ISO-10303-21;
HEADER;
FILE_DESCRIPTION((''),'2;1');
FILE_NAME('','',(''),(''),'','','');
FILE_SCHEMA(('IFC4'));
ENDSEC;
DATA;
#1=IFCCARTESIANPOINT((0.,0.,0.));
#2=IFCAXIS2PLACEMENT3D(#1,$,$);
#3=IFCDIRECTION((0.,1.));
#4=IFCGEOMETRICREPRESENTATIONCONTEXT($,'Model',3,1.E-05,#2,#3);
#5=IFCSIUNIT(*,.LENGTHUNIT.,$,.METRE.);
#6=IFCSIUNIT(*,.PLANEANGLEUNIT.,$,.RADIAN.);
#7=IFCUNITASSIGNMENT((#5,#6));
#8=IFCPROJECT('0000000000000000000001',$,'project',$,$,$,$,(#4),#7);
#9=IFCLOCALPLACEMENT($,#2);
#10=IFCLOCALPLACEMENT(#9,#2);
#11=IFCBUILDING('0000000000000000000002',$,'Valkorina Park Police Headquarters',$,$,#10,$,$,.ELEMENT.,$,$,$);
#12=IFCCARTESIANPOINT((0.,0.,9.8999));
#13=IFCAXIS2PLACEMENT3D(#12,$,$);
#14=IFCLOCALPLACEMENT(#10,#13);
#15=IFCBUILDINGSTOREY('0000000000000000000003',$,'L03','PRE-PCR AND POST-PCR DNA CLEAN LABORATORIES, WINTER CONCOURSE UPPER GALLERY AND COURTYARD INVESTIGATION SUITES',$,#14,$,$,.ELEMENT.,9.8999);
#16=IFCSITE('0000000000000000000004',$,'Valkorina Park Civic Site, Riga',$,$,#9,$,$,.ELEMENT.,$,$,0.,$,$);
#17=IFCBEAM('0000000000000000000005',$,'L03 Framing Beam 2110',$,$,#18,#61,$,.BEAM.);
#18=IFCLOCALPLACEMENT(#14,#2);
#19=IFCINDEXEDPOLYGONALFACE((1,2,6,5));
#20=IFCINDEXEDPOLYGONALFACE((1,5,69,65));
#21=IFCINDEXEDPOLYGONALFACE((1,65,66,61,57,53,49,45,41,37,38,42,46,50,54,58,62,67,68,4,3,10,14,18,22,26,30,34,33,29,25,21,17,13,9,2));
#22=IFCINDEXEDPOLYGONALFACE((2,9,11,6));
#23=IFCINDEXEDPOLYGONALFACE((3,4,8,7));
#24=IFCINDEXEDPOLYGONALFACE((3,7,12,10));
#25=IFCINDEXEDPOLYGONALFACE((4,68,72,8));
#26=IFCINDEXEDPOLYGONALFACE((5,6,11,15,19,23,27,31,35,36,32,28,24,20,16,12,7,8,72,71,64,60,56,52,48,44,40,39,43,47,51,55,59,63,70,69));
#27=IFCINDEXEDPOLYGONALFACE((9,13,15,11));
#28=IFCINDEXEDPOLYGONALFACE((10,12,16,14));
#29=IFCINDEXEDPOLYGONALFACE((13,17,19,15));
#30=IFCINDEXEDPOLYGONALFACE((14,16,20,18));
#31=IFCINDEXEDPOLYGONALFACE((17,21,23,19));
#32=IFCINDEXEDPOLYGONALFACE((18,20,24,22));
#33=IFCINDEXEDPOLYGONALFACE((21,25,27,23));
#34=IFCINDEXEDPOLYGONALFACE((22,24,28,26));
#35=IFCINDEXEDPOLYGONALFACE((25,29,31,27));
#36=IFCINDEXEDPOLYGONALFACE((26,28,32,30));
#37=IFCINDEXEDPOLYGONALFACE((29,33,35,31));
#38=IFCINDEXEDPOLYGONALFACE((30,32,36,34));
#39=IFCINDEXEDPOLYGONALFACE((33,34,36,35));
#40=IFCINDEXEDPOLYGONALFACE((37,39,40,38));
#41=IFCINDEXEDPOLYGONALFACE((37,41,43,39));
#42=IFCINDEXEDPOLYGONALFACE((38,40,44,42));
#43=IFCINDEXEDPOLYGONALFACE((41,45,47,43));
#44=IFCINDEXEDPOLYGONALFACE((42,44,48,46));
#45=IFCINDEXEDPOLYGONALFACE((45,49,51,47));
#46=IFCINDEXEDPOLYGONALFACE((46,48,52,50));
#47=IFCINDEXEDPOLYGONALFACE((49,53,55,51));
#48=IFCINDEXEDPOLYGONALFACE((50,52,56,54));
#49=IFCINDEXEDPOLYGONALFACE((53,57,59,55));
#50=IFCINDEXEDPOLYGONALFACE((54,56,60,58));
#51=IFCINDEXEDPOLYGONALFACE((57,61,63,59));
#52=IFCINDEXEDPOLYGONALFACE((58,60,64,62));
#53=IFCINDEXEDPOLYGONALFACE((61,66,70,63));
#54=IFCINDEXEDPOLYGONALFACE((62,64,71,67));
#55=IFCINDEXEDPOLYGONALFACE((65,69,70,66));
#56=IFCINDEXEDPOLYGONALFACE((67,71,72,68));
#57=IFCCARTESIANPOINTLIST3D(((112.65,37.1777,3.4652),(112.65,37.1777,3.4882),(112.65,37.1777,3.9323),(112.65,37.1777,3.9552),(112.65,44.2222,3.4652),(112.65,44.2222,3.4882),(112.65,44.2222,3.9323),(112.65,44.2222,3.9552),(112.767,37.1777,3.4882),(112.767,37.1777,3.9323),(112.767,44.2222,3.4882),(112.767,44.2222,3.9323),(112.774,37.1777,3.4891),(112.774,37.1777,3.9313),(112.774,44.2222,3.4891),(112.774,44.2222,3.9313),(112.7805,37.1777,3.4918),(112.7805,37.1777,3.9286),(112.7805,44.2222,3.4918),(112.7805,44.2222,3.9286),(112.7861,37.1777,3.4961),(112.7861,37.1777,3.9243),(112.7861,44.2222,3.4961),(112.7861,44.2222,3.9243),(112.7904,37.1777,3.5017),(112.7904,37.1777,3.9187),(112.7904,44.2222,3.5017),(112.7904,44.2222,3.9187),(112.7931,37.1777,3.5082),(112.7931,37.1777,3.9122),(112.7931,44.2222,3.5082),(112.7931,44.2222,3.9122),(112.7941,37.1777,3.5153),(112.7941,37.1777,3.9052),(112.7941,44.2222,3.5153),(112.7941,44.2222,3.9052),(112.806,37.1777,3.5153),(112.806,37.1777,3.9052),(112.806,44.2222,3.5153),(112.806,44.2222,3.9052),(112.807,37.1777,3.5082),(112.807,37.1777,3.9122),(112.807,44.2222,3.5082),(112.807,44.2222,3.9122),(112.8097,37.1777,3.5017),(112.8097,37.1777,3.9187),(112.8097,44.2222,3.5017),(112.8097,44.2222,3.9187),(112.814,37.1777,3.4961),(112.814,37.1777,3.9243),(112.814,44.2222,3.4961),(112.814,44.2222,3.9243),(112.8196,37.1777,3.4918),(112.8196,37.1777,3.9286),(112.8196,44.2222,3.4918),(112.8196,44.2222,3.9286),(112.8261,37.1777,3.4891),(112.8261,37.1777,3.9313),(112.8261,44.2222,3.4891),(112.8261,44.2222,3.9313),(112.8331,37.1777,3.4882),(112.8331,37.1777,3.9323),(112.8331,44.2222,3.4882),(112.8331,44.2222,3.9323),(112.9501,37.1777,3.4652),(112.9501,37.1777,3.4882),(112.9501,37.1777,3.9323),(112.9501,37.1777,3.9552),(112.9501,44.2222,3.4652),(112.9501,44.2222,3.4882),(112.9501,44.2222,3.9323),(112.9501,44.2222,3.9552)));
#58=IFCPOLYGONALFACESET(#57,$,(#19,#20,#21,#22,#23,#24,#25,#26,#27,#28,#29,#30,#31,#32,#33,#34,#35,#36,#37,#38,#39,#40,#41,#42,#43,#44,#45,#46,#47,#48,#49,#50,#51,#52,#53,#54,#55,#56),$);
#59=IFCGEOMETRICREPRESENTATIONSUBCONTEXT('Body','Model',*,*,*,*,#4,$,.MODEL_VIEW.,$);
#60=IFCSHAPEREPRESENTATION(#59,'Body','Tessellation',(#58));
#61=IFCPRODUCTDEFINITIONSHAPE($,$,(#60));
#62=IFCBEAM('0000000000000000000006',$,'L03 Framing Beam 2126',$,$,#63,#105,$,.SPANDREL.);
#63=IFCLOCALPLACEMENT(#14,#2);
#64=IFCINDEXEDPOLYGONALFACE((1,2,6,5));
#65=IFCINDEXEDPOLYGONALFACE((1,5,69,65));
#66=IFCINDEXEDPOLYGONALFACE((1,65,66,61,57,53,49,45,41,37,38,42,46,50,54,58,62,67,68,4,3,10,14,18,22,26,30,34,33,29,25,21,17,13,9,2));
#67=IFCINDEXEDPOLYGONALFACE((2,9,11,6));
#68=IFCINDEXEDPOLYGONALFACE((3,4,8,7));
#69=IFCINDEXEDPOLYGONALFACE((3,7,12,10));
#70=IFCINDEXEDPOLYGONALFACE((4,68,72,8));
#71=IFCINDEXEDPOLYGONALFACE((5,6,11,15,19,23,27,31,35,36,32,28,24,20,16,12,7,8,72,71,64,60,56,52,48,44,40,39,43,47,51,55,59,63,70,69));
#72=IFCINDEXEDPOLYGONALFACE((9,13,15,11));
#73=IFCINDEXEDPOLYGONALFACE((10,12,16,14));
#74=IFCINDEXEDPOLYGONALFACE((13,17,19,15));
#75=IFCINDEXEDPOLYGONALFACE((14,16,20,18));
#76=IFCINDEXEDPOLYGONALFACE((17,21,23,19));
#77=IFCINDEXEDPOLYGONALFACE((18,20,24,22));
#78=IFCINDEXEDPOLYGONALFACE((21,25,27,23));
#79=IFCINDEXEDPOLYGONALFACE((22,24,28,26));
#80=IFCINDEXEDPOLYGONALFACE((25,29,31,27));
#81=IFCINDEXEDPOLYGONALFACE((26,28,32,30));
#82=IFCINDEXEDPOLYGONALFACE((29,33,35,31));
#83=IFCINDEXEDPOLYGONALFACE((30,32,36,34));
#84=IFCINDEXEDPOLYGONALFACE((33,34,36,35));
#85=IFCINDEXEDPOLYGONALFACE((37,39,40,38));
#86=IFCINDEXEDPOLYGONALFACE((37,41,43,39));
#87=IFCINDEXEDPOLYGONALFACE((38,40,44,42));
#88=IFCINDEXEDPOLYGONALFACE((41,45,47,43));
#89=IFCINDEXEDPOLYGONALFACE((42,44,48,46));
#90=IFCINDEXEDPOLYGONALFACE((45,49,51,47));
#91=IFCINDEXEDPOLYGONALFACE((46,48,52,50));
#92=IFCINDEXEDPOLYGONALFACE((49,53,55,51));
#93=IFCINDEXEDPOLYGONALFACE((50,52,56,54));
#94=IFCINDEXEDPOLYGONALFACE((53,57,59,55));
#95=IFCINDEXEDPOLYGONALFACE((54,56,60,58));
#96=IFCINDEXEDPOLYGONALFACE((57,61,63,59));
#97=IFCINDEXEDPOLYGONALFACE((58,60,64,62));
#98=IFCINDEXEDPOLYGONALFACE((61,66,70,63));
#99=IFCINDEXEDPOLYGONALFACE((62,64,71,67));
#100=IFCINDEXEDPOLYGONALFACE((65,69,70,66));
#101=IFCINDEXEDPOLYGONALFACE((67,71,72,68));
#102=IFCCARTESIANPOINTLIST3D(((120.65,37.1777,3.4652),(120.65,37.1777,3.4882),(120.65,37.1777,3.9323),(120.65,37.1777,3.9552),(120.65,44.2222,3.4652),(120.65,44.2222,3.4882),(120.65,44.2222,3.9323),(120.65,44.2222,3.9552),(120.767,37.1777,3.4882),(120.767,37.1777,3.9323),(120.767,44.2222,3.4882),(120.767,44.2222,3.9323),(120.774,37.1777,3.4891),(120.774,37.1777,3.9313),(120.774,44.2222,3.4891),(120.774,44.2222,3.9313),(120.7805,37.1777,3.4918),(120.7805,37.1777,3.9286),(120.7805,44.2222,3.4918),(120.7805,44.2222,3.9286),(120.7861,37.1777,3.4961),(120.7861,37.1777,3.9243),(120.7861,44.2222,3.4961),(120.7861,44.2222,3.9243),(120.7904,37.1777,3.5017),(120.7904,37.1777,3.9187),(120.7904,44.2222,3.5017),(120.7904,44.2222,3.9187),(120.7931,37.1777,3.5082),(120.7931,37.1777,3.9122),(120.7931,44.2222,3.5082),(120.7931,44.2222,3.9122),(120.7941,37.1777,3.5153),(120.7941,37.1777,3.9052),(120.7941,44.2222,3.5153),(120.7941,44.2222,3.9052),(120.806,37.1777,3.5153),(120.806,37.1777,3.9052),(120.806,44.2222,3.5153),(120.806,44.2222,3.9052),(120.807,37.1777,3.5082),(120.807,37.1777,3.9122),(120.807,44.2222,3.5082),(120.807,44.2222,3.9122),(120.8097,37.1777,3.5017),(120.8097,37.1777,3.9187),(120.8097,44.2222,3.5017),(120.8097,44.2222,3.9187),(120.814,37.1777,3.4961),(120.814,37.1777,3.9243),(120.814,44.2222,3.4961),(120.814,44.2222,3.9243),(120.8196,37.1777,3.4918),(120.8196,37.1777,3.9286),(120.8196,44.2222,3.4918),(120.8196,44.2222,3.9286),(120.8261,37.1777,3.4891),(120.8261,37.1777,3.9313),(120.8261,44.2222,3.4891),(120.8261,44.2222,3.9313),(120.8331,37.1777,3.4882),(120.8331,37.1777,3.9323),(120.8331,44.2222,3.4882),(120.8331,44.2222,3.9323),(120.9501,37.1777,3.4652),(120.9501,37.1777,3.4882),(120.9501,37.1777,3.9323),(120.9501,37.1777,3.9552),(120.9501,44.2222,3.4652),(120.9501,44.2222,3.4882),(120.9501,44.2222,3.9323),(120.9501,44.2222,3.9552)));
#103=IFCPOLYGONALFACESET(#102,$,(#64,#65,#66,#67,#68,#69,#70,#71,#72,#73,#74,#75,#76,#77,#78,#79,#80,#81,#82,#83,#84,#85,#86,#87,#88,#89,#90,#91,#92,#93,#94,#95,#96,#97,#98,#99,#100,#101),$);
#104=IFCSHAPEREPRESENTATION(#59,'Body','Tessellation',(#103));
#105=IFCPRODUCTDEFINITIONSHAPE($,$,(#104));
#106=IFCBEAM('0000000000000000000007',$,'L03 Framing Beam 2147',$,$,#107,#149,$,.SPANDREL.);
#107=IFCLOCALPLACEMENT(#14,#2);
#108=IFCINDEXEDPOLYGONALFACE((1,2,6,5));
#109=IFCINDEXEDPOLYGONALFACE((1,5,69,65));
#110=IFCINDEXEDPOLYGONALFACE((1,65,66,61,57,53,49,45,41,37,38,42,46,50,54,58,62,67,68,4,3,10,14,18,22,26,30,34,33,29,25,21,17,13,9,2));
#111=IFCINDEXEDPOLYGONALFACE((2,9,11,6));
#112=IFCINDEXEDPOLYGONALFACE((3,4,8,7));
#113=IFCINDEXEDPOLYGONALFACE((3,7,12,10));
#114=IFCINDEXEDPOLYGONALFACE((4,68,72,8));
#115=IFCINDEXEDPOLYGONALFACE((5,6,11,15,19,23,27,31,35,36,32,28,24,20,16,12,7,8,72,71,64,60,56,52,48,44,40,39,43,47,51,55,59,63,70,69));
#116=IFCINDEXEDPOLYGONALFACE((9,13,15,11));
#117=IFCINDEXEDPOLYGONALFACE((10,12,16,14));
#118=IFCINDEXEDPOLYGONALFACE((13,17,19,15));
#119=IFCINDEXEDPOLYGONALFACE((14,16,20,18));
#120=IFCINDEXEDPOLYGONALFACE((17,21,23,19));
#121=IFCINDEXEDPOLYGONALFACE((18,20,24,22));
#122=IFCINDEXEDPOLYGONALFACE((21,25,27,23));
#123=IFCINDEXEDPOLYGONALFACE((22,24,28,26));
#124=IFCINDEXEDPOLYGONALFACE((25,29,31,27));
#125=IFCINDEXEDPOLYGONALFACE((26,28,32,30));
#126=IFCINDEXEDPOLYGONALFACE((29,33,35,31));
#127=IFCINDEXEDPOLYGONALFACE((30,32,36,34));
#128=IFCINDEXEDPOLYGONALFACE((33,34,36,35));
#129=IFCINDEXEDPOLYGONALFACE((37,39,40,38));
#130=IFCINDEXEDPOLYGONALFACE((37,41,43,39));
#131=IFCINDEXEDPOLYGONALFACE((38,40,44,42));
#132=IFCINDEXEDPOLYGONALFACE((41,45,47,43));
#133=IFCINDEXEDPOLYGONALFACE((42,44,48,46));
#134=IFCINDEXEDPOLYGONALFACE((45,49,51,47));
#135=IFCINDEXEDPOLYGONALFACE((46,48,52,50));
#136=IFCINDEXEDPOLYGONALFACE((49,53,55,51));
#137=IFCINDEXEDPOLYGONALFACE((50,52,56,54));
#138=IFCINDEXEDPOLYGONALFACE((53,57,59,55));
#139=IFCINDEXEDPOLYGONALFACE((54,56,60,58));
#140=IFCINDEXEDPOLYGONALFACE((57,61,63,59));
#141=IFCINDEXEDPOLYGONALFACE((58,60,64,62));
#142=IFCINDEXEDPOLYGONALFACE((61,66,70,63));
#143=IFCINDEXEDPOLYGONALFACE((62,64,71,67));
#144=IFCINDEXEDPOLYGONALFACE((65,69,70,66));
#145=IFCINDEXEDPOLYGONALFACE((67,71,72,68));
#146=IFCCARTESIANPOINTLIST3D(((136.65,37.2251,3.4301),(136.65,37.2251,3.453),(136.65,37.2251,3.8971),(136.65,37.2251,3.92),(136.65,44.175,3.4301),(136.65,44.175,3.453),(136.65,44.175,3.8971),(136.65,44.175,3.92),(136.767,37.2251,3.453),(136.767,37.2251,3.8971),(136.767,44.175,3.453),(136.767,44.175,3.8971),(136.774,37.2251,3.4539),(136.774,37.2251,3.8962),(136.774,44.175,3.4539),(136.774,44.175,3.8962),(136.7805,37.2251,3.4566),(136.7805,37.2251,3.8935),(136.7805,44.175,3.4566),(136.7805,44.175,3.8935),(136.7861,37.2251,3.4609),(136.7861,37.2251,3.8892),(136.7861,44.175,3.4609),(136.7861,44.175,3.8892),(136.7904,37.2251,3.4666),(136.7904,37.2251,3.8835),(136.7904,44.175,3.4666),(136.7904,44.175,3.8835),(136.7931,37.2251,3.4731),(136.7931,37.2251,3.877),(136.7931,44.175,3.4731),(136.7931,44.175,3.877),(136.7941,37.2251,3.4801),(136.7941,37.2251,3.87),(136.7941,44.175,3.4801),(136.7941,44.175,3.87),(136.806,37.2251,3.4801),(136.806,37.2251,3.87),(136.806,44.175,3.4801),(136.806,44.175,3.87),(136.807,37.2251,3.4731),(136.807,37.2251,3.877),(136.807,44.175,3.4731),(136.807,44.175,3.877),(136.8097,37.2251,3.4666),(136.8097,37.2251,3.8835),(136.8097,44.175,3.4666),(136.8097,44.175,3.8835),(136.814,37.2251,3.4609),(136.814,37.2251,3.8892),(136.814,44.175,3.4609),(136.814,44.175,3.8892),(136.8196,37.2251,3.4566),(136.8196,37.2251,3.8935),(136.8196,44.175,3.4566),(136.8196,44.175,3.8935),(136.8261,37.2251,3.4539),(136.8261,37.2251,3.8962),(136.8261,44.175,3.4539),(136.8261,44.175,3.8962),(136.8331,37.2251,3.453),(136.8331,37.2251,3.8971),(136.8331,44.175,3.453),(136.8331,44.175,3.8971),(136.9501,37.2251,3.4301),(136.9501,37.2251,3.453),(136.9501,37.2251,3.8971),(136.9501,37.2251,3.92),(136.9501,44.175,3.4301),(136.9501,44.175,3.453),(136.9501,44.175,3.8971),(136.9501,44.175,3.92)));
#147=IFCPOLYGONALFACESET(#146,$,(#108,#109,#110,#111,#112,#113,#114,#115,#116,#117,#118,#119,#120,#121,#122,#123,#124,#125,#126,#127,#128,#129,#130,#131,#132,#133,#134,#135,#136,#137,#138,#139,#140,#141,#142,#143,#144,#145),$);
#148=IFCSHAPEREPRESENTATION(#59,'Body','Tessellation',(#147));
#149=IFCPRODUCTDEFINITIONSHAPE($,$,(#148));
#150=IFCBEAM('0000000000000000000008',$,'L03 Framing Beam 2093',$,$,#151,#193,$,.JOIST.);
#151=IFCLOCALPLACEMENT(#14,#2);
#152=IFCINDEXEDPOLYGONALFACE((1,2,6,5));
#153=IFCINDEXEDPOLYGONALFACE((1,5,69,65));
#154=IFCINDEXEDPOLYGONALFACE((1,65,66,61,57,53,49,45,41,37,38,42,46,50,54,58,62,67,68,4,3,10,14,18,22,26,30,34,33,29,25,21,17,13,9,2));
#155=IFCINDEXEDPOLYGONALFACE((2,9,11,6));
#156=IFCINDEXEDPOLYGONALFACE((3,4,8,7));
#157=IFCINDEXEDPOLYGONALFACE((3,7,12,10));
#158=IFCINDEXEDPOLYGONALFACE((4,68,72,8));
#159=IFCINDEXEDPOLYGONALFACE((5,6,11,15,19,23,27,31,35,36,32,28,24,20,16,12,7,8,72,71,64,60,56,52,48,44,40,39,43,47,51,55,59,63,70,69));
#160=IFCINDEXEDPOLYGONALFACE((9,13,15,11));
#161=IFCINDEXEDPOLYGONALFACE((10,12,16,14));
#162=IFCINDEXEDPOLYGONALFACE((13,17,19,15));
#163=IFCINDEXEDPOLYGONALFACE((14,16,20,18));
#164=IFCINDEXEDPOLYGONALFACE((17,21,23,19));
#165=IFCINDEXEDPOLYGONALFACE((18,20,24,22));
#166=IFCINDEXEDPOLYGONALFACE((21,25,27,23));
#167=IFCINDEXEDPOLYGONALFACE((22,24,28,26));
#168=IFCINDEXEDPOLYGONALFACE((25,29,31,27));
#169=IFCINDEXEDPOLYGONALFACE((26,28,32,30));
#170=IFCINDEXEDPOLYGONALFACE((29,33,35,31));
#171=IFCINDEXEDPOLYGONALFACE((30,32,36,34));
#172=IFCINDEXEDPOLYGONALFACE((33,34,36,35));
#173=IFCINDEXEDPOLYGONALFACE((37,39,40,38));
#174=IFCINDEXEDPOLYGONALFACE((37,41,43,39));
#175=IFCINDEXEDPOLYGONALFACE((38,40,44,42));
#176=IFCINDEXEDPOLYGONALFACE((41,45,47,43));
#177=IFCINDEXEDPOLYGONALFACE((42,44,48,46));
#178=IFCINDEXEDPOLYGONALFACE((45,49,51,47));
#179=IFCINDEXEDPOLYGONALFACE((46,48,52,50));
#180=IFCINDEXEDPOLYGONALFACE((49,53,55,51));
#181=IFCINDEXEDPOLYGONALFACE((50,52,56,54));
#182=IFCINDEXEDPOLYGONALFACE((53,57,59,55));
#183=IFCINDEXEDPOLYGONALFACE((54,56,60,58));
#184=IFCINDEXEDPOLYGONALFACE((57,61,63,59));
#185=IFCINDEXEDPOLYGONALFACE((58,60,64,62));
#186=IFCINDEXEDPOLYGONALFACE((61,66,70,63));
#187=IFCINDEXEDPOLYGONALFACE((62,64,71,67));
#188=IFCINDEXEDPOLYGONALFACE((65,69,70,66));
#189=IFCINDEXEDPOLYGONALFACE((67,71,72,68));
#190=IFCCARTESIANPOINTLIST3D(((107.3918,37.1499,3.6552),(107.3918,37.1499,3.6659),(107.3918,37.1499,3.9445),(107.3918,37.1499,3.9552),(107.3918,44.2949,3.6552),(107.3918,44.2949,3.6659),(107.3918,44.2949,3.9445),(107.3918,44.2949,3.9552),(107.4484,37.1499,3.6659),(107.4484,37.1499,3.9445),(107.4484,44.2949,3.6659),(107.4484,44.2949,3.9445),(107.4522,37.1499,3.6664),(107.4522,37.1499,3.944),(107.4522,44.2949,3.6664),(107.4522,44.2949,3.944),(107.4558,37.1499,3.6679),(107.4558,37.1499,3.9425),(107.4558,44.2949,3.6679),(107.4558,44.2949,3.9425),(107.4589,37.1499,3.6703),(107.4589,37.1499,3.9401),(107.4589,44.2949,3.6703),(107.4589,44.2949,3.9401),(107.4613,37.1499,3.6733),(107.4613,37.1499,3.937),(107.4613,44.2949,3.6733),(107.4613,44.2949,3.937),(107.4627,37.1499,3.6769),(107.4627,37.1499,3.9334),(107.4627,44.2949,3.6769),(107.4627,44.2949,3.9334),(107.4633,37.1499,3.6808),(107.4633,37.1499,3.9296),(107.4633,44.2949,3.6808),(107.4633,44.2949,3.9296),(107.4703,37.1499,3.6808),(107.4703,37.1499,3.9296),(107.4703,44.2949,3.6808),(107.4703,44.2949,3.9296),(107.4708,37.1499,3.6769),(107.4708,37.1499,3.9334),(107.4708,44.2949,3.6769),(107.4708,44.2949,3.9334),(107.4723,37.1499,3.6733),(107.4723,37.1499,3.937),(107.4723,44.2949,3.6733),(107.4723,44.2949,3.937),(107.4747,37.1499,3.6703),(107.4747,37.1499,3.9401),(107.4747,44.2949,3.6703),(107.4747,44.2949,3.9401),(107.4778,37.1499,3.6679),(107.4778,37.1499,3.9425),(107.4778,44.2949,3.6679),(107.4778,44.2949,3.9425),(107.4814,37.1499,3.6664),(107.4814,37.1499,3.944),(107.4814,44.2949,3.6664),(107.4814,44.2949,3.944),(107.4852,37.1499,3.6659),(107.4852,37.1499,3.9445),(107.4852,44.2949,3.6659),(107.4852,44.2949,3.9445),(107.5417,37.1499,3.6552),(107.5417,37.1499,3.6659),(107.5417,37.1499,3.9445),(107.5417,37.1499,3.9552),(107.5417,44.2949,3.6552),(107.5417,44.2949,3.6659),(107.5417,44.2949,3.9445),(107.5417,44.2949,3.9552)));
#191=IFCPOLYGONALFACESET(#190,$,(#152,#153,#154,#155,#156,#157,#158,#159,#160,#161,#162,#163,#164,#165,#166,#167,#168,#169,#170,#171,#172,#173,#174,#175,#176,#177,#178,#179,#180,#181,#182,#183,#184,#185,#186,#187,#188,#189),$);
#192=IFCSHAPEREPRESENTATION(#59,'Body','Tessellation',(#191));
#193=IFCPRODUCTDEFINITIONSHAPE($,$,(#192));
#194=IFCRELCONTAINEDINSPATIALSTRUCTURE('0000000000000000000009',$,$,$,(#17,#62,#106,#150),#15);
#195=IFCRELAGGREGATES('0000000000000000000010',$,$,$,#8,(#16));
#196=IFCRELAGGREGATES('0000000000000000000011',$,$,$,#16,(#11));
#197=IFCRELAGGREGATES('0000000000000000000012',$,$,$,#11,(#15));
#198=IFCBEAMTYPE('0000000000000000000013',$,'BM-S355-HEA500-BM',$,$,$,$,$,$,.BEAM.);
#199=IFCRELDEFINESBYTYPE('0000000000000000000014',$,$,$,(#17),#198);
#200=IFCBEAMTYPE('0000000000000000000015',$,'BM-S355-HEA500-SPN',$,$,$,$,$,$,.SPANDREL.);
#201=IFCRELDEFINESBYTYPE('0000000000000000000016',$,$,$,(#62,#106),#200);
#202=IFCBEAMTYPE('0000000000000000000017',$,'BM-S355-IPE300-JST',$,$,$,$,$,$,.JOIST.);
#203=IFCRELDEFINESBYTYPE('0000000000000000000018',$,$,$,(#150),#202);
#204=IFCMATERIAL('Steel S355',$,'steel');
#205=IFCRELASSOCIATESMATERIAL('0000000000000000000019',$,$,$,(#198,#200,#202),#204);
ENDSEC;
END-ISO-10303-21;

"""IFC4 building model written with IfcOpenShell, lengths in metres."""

from ifc_helpers import new_model, si_unit, direction, frame, origin, origin_2d, place, context, subcontext, project, spatial, i_section, extrude, material, material_profile, profile_set, type_object, element, save


model = new_model("IFC4")

# Units and contexts
model_context = context("Model", 3, precision=1e-05, world=origin(), true_north=direction((0.0, 1.0)))
body_context = subcontext(model_context, "Body", "Model", "MODEL_VIEW")
ifc_project = project(units=[si_unit("LENGTHUNIT", "METRE"), si_unit("PLANEANGLEUNIT", "RADIAN")], contexts=[model_context])

# Site, building, storey
site_placement = place(None, origin())
site = spatial("IfcSite", under=ifc_project, at=site_placement, Name="Valkorina Park Civic Site, Riga", CompositionType="ELEMENT", RefElevation=0.0)
building_placement = place(site_placement, origin())
building = spatial("IfcBuilding", under=site, at=building_placement, Name="Valkorina Park Police Headquarters", CompositionType="ELEMENT")
storey_placement = place(building_placement, frame((0.0, 0.0, 9.8999)))
storey = spatial("IfcBuildingStorey", under=building, at=storey_placement, Name="L03", Description="PRE-PCR AND POST-PCR DNA CLEAN LABORATORIES, WINTER CONCOURSE UPPER GALLERY AND COURTYARD INVESTIGATION SUITES", CompositionType="ELEMENT", Elevation=9.8999)

# Shared definitions
ifc_material_1 = material(Name="Steel S355", Category="steel")

# Beams
ifc_material_profile_1 = material_profile(ifc_material_1, i_section(OverallWidth=0.3, OverallDepth=0.49, WebThickness=0.012, FlangeThickness=0.0229, FilletRadius=0.0271, at=origin_2d()), Name="HEA 500")
ifc_profile_set_1 = profile_set([ifc_material_profile_1], Name="Steel S355")
beam_type_1 = type_object("IfcBeamType", Name="BM-S355-HEA500-BM", PredefinedType="BEAM", material=ifc_profile_set_1)
beam_1_placement = place(storey_placement, frame((112.8, 37.1777, 3.7102), z_axis=(0.0, 1.0, 0.0), x_axis=(-1.0, 0.0, 0.0)))
element("IfcBeam", 1, at=beam_1_placement, inside=storey, type_object=beam_type_1, Name="L03 Framing Beam 2110", PredefinedType="BEAM", context=body_context, shape_type="SweptSolid", body=[
    extrude(i_section(OverallWidth=0.3, OverallDepth=0.49, WebThickness=0.012, FlangeThickness=0.0229, FilletRadius=0.0271, at=origin_2d()), origin(), (0.0, 0.0, 1.0), 7.0444),
])
ifc_material_profile_2 = material_profile(ifc_material_1, i_section(OverallWidth=0.3, OverallDepth=0.49, WebThickness=0.012, FlangeThickness=0.0229, FilletRadius=0.0271, at=origin_2d()), Name="HEA 500")
ifc_profile_set_2 = profile_set([ifc_material_profile_2], Name="Steel S355")
beam_type_2 = type_object("IfcBeamType", Name="BM-S355-HEA500-SPN", PredefinedType="SPANDREL", material=ifc_profile_set_2)
beam_2_placement = place(storey_placement, frame((120.8, 37.1777, 3.7102), z_axis=(0.0, 1.0, 0.0), x_axis=(-1.0, 0.0, 0.0)))
element("IfcBeam", 2, at=beam_2_placement, inside=storey, type_object=beam_type_2, Name="L03 Framing Beam 2126", PredefinedType="SPANDREL", context=body_context, shape_type="SweptSolid", body=[
    extrude(i_section(OverallWidth=0.3, OverallDepth=0.49, WebThickness=0.012, FlangeThickness=0.0229, FilletRadius=0.0271, at=origin_2d()), origin(), (0.0, 0.0, 1.0), 7.0444),
])
beam_3_placement = place(storey_placement, frame((136.8, 37.2251, 3.675), z_axis=(0.0, 1.0, 0.0), x_axis=(-1.0, 0.0, 0.0)))
element("IfcBeam", 3, at=beam_3_placement, inside=storey, type_object=beam_type_2, Name="L03 Framing Beam 2147", PredefinedType="SPANDREL", context=body_context, shape_type="SweptSolid", body=[
    extrude(i_section(OverallWidth=0.3, OverallDepth=0.49, WebThickness=0.012, FlangeThickness=0.0229, FilletRadius=0.0271, at=origin_2d()), origin(), (0.0, 0.0, 1.0), 6.95),
])
ifc_material_profile_3 = material_profile(ifc_material_1, i_section(OverallWidth=0.1499, OverallDepth=0.3, WebThickness=0.0071, FlangeThickness=0.0107, FilletRadius=0.0149, at=origin_2d()), Name="IPE 300")
ifc_profile_set_3 = profile_set([ifc_material_profile_3], Name="Steel S355")
beam_type_3 = type_object("IfcBeamType", Name="BM-S355-IPE300-JST", PredefinedType="JOIST", material=ifc_profile_set_3)
for number, where, z_axis, x_axis, name in (
    (4, (107.4668, 37.1499, 3.8052), (0.0, 1.0, 0.0), (-1.0, 0.0, 0.0), "L03 Framing Beam 2093"),
):
    element("IfcBeam", number, at=place(storey_placement, frame(where, z_axis=z_axis, x_axis=x_axis)), inside=storey, type_object=beam_type_3, Name=name, PredefinedType="JOIST", context=body_context, shape_type="SweptSolid", body=[
        extrude(i_section(OverallWidth=0.1499, OverallDepth=0.3, WebThickness=0.0071, FlangeThickness=0.0107, FilletRadius=0.0149, at=origin_2d()), origin(), (0.0, 0.0, 1.0), 7.145),
    ])

save(model, "model.ifc")
